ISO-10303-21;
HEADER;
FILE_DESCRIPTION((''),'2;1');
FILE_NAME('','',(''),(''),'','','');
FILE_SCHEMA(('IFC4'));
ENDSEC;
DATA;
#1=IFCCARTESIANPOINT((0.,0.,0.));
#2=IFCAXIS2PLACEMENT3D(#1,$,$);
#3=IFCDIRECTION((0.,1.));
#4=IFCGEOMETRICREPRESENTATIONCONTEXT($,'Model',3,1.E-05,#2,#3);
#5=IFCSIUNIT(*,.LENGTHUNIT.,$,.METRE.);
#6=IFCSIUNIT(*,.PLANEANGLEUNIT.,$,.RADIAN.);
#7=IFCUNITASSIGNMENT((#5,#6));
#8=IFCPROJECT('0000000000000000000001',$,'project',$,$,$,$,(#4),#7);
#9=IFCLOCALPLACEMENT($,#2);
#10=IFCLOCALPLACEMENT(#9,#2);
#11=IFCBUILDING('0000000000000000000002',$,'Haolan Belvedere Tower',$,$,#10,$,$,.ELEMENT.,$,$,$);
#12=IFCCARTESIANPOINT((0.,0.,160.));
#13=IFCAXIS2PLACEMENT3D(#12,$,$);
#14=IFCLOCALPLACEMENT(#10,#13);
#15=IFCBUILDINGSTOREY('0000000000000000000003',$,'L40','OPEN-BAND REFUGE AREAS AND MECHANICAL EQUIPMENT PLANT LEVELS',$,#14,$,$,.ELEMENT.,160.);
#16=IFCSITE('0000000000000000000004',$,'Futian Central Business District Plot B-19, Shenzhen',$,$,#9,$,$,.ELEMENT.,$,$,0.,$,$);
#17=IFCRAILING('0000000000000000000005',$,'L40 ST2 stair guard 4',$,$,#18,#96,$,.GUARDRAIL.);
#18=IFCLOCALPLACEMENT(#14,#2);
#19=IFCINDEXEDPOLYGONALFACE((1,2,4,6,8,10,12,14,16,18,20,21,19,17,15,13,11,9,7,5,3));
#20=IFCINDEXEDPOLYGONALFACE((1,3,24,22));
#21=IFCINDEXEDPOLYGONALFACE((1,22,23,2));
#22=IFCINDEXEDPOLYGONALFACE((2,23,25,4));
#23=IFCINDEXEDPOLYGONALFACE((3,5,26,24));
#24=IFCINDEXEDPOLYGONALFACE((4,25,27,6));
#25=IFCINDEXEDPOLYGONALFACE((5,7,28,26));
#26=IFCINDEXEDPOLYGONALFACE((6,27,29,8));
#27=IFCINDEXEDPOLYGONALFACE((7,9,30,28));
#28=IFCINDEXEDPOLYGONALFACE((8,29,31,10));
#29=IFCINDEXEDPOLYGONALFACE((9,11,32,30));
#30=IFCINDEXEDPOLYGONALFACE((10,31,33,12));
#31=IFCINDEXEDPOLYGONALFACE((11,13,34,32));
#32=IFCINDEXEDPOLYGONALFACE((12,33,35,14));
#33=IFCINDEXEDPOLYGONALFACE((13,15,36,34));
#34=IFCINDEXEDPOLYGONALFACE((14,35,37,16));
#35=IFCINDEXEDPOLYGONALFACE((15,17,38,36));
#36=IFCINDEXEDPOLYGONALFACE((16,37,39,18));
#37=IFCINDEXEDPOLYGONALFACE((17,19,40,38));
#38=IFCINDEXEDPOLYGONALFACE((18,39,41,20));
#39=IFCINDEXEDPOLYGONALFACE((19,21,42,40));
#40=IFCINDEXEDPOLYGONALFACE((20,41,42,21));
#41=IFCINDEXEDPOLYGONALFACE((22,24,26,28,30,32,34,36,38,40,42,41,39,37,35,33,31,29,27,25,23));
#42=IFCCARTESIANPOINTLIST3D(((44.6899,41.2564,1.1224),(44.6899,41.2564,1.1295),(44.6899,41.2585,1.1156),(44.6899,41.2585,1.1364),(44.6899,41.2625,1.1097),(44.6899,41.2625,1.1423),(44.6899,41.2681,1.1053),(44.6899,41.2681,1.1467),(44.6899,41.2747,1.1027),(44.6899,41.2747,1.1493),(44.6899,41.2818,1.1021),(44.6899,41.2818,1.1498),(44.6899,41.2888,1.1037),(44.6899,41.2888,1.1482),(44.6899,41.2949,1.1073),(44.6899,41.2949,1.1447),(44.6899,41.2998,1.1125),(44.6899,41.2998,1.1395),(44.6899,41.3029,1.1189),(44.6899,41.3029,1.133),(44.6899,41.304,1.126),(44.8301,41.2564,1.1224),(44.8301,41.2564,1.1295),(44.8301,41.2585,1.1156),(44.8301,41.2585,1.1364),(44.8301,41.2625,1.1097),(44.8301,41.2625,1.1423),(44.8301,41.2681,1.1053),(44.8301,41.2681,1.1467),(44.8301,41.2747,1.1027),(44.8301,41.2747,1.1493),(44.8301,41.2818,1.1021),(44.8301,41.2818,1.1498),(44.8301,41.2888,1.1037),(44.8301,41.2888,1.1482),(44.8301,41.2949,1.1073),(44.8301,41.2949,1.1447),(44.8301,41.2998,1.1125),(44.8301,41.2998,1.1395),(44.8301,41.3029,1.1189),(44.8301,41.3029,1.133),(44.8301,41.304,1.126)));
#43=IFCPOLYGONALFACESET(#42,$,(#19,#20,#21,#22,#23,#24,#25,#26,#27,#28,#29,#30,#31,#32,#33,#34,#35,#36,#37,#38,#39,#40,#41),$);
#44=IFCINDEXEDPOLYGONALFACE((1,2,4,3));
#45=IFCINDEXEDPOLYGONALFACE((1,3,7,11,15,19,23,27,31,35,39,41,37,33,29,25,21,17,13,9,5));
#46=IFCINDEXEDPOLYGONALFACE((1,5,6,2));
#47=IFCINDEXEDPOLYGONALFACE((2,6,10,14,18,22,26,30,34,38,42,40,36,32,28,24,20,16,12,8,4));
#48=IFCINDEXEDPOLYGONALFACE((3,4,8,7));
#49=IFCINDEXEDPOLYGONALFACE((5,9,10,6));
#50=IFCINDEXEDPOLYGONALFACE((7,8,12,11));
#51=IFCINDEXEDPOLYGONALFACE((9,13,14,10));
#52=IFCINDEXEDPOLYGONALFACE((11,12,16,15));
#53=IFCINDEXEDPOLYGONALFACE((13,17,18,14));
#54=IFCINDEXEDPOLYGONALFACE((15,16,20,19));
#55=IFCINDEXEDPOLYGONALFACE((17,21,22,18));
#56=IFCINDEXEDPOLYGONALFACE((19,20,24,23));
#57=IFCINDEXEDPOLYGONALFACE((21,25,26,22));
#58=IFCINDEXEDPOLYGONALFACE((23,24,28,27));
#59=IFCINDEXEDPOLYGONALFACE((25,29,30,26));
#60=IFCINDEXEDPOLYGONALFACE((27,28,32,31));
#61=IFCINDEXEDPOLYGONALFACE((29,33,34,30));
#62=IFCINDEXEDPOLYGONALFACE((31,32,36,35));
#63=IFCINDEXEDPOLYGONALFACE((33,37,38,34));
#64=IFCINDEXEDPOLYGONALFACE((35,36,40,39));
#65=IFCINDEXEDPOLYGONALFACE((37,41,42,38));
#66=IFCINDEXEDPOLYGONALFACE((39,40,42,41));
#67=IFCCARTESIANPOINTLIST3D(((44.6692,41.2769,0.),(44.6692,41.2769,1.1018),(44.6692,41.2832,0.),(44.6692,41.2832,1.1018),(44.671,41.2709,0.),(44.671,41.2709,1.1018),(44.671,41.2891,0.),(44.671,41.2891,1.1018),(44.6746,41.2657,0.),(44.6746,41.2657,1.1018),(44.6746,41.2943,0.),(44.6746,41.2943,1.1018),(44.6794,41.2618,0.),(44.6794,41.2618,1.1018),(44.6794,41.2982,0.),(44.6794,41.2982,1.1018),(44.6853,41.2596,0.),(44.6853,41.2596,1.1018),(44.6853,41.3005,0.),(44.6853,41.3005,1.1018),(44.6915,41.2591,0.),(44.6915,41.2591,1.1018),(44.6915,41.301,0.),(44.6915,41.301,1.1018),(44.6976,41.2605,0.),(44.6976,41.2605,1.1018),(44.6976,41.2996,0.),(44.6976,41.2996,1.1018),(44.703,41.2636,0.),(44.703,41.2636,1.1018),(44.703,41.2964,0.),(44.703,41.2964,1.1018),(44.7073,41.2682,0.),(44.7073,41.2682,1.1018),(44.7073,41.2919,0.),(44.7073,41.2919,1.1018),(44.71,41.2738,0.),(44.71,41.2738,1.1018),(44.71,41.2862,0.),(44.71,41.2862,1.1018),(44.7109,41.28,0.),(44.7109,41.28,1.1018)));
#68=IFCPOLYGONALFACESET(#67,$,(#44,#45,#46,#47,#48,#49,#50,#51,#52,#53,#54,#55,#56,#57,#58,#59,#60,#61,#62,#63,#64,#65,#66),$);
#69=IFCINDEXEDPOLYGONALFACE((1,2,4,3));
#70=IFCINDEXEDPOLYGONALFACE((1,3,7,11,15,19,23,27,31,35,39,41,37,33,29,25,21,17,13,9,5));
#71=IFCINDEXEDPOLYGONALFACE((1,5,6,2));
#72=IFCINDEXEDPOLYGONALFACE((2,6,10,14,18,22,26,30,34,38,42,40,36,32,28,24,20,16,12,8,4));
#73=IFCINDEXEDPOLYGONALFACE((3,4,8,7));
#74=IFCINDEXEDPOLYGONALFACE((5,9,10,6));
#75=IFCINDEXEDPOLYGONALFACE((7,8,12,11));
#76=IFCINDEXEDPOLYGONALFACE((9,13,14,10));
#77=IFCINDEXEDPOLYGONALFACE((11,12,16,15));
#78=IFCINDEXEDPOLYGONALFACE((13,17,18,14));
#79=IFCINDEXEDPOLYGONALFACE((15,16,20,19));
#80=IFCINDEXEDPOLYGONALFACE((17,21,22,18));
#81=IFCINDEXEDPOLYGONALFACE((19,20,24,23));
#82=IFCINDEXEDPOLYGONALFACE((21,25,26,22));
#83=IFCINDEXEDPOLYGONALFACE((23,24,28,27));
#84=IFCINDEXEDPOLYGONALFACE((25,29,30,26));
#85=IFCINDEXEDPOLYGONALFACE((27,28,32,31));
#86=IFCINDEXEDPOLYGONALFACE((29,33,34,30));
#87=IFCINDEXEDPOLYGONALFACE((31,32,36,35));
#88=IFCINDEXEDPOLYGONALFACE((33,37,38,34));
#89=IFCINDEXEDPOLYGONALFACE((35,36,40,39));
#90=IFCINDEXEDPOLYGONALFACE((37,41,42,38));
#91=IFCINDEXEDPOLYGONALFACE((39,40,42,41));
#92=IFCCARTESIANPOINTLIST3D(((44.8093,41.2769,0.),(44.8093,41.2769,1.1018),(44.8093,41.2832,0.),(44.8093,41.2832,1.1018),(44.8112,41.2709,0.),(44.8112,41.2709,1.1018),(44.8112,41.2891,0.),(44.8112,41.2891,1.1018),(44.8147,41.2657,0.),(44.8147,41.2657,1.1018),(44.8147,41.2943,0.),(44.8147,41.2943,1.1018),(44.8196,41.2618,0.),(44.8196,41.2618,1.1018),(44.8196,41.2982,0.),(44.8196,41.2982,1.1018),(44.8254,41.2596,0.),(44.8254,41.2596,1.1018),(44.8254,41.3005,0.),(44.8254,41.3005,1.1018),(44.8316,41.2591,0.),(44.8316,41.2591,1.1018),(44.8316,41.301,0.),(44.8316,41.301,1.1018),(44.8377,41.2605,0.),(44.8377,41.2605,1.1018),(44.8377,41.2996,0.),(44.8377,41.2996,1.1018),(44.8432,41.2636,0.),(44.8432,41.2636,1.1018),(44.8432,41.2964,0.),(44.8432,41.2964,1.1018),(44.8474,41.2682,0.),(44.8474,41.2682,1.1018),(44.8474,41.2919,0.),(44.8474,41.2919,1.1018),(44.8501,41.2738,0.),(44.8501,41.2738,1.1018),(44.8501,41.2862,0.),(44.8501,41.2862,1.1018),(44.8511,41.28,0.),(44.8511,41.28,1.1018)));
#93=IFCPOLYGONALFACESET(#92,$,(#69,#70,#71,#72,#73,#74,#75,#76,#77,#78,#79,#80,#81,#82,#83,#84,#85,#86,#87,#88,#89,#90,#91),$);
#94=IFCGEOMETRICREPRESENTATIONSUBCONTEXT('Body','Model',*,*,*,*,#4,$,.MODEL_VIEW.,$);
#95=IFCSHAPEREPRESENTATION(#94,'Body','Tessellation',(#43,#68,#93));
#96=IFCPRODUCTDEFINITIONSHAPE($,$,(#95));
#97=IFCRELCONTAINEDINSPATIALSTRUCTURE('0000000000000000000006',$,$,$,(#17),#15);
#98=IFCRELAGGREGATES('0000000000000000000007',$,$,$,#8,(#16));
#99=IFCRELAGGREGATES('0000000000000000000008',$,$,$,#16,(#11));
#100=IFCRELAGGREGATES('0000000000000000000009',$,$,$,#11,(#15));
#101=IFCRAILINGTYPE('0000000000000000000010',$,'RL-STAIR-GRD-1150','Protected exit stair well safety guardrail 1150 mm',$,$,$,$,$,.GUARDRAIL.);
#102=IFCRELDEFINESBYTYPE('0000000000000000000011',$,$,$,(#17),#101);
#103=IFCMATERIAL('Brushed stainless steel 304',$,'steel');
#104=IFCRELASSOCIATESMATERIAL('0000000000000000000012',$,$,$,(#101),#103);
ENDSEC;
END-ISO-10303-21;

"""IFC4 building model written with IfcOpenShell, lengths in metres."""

from ifc_helpers import new_model, si_unit, direction, frame, origin, origin_2d, place, context, subcontext, project, spatial, circle, extrude, material, type_object, element, save


model = new_model("IFC4")

# Units and contexts
model_context = context("Model", 3, precision=1e-05, world=origin(), true_north=direction((0.0, 1.0)))
body_context = subcontext(model_context, "Body", "Model", "MODEL_VIEW")
ifc_project = project(units=[si_unit("LENGTHUNIT", "METRE"), si_unit("PLANEANGLEUNIT", "RADIAN")], contexts=[model_context])

# Site, building, storey
site_placement = place(None, origin())
site = spatial("IfcSite", under=ifc_project, at=site_placement, Name="Futian Central Business District Plot B-19, Shenzhen", CompositionType="ELEMENT", RefElevation=0.0)
building_placement = place(site_placement, origin())
building = spatial("IfcBuilding", under=site, at=building_placement, Name="Haolan Belvedere Tower", CompositionType="ELEMENT")
storey_placement = place(building_placement, frame((0.0, 0.0, 160.0)))
storey = spatial("IfcBuildingStorey", under=building, at=storey_placement, Name="L40", Description="OPEN-BAND REFUGE AREAS AND MECHANICAL EQUIPMENT PLANT LEVELS", CompositionType="ELEMENT", Elevation=160.0)

# Railing
ifc_material_1 = material(Name="Brushed stainless steel 304", Category="steel")
railing_type_1 = type_object("IfcRailingType", Name="RL-STAIR-GRD-1150", Description="Protected exit stair well safety guardrail 1150 mm", PredefinedType="GUARDRAIL", material=ifc_material_1)
railing_1_placement = place(storey_placement, frame((44.6899, 41.28, 0.0)))
element("IfcRailing", 1, at=railing_1_placement, inside=storey, type_object=railing_type_1, Name="L40 ST2 stair guard 4", PredefinedType="GUARDRAIL", context=body_context, shape_type="SweptSolid", body=[
    extrude(circle(Radius=0.0239, at=origin_2d()), frame((0.0, 0.0, 1.126), z_axis=(1.0, 0.0, 0.0), x_axis=(0.0, 1.0, 0.0)), (0.0, 0.0, 1.0), 0.1401),
    extrude(circle(Radius=0.021, at=origin_2d()), origin(), (0.0, 0.0, 1.0), 1.1018),
    extrude(circle(Radius=0.021, at=origin_2d()), frame((0.1401, 0.0, 0.0)), (0.0, 0.0, 1.0), 1.1018),
])

save(model, "model.ifc")
